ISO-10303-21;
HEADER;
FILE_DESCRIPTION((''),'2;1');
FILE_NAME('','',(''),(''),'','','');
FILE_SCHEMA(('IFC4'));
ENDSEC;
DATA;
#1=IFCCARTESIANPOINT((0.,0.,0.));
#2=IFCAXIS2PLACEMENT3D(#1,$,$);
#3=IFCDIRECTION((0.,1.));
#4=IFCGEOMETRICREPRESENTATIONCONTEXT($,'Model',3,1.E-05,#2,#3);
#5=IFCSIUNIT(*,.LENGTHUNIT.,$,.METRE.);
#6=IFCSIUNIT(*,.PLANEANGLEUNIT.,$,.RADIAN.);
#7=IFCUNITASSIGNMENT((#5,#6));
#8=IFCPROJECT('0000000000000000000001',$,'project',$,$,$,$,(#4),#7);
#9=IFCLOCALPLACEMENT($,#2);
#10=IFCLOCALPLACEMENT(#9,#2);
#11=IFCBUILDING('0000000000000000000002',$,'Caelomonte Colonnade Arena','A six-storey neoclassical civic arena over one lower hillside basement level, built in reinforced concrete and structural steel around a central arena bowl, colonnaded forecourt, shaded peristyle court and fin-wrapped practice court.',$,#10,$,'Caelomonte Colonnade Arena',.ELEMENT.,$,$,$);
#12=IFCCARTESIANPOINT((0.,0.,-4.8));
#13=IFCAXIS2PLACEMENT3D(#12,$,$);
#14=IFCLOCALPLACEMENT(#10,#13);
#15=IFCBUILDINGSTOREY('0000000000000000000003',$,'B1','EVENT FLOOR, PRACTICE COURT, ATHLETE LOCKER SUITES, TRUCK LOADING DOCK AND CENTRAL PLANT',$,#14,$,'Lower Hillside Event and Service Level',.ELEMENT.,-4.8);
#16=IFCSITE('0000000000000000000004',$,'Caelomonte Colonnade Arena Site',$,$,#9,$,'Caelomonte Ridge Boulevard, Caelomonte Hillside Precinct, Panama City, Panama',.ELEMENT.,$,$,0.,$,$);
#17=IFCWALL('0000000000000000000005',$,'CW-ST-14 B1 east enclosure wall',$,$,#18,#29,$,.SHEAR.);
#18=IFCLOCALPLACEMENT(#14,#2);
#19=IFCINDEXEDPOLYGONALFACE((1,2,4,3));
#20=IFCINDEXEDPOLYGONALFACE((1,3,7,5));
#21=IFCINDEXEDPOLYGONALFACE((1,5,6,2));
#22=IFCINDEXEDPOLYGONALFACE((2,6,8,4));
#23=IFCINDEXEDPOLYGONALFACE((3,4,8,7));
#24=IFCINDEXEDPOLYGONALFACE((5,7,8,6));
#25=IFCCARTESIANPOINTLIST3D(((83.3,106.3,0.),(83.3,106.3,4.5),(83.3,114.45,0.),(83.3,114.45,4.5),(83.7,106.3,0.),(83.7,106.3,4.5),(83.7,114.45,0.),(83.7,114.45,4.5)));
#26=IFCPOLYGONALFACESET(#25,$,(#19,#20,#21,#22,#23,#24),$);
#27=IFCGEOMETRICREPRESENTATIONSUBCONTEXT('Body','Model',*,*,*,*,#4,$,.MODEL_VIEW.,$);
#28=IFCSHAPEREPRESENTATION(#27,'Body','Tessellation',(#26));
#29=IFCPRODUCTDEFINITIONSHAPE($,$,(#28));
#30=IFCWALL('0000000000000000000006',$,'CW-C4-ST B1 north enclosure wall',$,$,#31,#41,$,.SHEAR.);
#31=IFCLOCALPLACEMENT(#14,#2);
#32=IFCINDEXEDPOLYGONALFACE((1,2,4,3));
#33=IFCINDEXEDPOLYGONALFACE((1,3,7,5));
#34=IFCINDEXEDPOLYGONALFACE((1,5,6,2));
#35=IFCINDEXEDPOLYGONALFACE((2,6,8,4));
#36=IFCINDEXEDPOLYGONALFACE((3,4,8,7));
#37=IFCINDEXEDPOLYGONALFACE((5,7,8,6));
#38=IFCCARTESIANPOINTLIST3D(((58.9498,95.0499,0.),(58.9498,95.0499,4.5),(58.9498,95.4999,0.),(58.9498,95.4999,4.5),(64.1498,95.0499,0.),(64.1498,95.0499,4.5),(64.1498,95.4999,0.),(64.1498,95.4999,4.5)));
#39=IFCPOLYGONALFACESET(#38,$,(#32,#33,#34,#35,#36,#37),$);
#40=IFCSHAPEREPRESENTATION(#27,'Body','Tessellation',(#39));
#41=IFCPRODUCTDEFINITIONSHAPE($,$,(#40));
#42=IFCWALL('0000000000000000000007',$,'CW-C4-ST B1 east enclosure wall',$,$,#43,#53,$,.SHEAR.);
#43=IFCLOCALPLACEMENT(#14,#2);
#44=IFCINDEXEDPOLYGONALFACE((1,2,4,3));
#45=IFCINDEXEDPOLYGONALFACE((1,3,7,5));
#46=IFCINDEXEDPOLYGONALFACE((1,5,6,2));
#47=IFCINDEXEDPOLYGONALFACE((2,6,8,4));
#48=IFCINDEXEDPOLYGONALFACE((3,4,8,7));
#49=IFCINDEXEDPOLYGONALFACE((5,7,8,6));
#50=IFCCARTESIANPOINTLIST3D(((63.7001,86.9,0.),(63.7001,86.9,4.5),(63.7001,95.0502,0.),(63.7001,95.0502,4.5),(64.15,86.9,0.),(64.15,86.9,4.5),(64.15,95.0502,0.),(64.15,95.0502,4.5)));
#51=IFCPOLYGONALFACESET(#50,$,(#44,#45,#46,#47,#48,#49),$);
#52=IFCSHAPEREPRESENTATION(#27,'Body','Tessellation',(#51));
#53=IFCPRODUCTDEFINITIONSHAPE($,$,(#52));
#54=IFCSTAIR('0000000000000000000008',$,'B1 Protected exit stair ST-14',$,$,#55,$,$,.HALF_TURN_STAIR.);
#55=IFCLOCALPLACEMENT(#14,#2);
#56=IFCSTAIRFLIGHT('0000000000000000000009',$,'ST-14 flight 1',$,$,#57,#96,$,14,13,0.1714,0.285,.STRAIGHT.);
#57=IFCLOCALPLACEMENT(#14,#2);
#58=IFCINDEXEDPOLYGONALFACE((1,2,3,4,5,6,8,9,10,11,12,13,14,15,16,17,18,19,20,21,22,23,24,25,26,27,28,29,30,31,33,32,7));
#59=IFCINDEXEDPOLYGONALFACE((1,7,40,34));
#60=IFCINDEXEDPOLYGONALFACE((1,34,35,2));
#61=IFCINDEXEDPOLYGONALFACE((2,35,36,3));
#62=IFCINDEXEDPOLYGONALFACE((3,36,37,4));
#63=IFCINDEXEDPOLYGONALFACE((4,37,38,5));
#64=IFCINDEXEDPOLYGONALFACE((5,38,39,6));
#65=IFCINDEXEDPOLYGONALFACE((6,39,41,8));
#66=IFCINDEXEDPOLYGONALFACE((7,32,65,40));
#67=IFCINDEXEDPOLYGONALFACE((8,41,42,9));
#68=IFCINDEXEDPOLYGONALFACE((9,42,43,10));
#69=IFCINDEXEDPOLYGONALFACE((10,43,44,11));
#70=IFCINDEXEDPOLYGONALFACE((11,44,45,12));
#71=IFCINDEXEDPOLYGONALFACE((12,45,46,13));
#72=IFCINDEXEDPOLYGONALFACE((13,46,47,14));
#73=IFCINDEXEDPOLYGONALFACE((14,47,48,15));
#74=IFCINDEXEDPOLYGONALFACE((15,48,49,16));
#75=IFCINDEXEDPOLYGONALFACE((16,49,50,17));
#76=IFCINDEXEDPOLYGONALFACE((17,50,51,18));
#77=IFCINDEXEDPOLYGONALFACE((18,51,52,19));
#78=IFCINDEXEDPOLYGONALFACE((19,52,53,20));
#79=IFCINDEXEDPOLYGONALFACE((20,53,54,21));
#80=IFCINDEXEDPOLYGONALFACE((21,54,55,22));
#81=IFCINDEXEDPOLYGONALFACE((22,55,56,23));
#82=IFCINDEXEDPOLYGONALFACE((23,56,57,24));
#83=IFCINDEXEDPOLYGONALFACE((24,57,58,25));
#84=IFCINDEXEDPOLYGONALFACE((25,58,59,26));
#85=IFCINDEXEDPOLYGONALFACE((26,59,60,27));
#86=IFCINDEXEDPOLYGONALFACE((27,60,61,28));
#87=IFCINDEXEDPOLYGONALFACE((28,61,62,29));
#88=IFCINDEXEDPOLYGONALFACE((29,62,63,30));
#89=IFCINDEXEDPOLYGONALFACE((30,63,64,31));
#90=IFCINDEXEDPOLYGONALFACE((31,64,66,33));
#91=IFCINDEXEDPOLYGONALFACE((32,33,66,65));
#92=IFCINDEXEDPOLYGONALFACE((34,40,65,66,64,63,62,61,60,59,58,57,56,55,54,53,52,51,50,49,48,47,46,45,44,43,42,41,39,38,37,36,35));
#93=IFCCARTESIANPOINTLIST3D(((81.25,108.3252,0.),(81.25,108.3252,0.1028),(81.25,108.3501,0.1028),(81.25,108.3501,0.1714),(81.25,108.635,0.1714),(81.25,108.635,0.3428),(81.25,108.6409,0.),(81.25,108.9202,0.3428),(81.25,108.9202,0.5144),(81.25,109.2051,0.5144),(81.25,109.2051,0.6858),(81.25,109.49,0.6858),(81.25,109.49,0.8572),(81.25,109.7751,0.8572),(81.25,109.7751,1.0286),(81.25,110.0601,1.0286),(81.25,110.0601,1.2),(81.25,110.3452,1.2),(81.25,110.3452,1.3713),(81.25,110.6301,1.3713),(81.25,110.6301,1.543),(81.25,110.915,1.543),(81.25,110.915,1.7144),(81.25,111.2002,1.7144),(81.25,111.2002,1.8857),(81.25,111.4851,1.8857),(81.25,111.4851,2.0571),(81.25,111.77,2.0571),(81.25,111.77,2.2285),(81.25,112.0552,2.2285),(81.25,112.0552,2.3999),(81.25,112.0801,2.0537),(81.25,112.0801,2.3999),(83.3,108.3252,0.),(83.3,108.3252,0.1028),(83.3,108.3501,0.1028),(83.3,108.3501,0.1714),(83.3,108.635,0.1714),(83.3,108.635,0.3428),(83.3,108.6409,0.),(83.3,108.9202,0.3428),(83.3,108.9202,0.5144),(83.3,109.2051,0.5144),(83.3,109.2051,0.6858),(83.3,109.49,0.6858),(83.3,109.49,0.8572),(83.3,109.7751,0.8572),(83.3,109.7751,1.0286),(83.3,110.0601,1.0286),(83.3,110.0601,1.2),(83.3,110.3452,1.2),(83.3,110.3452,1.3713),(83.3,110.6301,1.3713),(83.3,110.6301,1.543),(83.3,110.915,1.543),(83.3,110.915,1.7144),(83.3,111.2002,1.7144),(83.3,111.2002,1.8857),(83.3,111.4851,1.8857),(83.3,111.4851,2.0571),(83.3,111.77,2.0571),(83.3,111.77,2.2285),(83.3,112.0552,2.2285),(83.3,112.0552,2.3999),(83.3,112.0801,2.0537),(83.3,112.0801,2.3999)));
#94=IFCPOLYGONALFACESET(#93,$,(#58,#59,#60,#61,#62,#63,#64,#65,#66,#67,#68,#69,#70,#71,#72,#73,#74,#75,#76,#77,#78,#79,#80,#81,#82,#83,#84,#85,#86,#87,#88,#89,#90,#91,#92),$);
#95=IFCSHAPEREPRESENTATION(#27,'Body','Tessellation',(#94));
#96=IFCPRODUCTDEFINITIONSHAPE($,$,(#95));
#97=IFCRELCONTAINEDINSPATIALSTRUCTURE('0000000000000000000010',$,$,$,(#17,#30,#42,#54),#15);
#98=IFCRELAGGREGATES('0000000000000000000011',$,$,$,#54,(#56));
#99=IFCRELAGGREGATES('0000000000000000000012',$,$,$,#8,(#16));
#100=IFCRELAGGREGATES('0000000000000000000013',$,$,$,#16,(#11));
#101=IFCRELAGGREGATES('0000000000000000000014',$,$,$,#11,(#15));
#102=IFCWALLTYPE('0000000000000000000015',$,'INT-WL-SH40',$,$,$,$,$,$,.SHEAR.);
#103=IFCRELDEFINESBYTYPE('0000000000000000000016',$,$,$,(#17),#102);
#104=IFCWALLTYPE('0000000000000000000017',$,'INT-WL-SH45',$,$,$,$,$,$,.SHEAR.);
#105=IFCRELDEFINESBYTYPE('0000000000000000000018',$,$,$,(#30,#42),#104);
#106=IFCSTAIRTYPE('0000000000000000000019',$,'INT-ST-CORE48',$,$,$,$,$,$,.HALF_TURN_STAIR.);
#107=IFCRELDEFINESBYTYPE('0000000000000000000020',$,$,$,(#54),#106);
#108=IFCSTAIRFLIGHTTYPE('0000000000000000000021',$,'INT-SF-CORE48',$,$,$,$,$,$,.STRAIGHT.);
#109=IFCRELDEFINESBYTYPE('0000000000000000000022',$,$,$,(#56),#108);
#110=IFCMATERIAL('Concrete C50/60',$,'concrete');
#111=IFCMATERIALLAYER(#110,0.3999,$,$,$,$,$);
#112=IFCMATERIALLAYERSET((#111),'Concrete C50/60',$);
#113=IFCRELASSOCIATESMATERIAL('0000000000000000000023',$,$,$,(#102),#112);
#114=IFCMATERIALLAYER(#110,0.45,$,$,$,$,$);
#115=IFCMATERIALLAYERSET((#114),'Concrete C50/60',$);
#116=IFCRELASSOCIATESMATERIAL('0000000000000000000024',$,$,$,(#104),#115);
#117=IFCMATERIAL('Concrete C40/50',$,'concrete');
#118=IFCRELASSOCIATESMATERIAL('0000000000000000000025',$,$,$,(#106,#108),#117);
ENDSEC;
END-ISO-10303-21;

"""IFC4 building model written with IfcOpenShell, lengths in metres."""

from ifc_helpers import new_model, si_unit, direction, frame, frame_2d, origin, place, context, subcontext, project, spatial, polyline, rectangle, outline, extrude, material, layer, layer_set, type_object, element, aggregate, save


model = new_model("IFC4")

# Units and contexts
model_context = context("Model", 3, precision=1e-05, world=origin(), true_north=direction((0.0, 1.0)))
body_context = subcontext(model_context, "Body", "Model", "MODEL_VIEW")
ifc_project = project(units=[si_unit("LENGTHUNIT", "METRE"), si_unit("PLANEANGLEUNIT", "RADIAN")], contexts=[model_context])

# Site, building, storey
site_placement = place(None, origin())
site = spatial("IfcSite", under=ifc_project, at=site_placement, Name="Caelomonte Colonnade Arena Site", LongName="Caelomonte Ridge Boulevard, Caelomonte Hillside Precinct, Panama City, Panama", CompositionType="ELEMENT", RefElevation=0.0)
building_placement = place(site_placement, origin())
building = spatial("IfcBuilding", under=site, at=building_placement, Name="Caelomonte Colonnade Arena", Description="A six-storey neoclassical civic arena over one lower hillside basement level, built in reinforced concrete and structural steel around a central arena bowl, colonnaded forecourt, shaded peristyle court and fin-wrapped practice court.", LongName="Caelomonte Colonnade Arena", CompositionType="ELEMENT")
storey_placement = place(building_placement, frame((0.0, 0.0, -4.8)))
storey = spatial("IfcBuildingStorey", under=building, at=storey_placement, Name="B1", Description="EVENT FLOOR, PRACTICE COURT, ATHLETE LOCKER SUITES, TRUCK LOADING DOCK AND CENTRAL PLANT", LongName="Lower Hillside Event and Service Level", CompositionType="ELEMENT", Elevation=-4.8)

# Shared definitions
ifc_material_1 = material(Name="Concrete C40/50", Category="concrete")

# Shared definitions
ifc_material_2 = material(Name="Concrete C50/60", Category="concrete")

# Shared definitions
ifc_layer_1 = layer(ifc_material_2, 0.3999)
ifc_layer_set_1 = layer_set([ifc_layer_1], Name="Concrete C50/60")
wall_type_1 = type_object("IfcWallType", Name="INT-WL-SH40", PredefinedType="SHEAR", material=ifc_layer_set_1)

# Walls
wall_1_placement = place(storey_placement, frame((83.5, 106.3, 0.0), z_axis=(0.0, 0.0, 1.0), x_axis=(0.0, 1.0, 0.0)))
element("IfcWall", 1, at=wall_1_placement, inside=storey, type_object=wall_type_1, Name="CW-ST-14 B1 east enclosure wall", PredefinedType="SHEAR", context=body_context, shape_type="SweptSolid", body=[
    extrude(rectangle(XDim=8.1499, YDim=0.3999, at=frame_2d((4.075, 0.0))), origin(), (0.0, 0.0, 1.0), 4.5),
])
ifc_layer_2 = layer(ifc_material_2, 0.45)
ifc_layer_set_2 = layer_set([ifc_layer_2], Name="Concrete C50/60")
wall_type_2 = type_object("IfcWallType", Name="INT-WL-SH45", PredefinedType="SHEAR", material=ifc_layer_set_2)
wall_2_placement = place(storey_placement, frame((64.1499, 95.2749, 0.0), z_axis=(0.0, 0.0, 1.0), x_axis=(-1.0, 0.0, 0.0)))
element("IfcWall", 2, at=wall_2_placement, inside=storey, type_object=wall_type_2, Name="CW-C4-ST B1 north enclosure wall", PredefinedType="SHEAR", context=body_context, shape_type="SweptSolid", body=[
    extrude(rectangle(XDim=5.2, YDim=0.45, at=frame_2d((2.6001, 0.0))), origin(), (0.0, 0.0, 1.0), 4.5),
])
wall_3_placement = place(storey_placement, frame((63.925, 86.8999, 0.0), z_axis=(0.0, 0.0, 1.0), x_axis=(0.0, 1.0, 0.0)))
element("IfcWall", 3, at=wall_3_placement, inside=storey, type_object=wall_type_2, Name="CW-C4-ST B1 east enclosure wall", PredefinedType="SHEAR", context=body_context, shape_type="SweptSolid", body=[
    extrude(rectangle(XDim=8.1501, YDim=0.45, at=frame_2d((4.0752, 0.0))), origin(), (0.0, 0.0, 1.0), 4.5),
])

# Stair, stair flight
stair_type = type_object("IfcStairType", Name="INT-ST-CORE48", PredefinedType="HALF_TURN_STAIR", material=ifc_material_1)
stair_placement = place(storey_placement, origin())
stair = element("IfcStair", 4, at=stair_placement, inside=storey, type_object=stair_type, Name="B1 Protected exit stair ST-14", PredefinedType="HALF_TURN_STAIR")
stair_flight_type = type_object("IfcStairFlightType", Name="INT-SF-CORE48", PredefinedType="STRAIGHT", material=ifc_material_1)
stair_flight_placement = place(storey_placement, frame((82.2749, 108.3501, 0.0), z_axis=(0.0, 0.0, 1.0), x_axis=(0.0, 1.0, 0.0)))
stair_flight = element("IfcStairFlight", 5, at=stair_flight_placement, type_object=stair_flight_type, Name="ST-14 flight 1", NumberOfRisers=14, NumberOfTreads=13, PredefinedType="STRAIGHT", RiserHeight=0.1714, TreadLength=0.285, context=body_context, shape_type="SweptSolid", body=[
    extrude(outline(polyline([(-0.0249, 0.0), (-0.0249, 0.1028), (0.0, 0.1028), (0.0, 0.1714), (0.2849, 0.1714), (0.2849, 0.3428), (0.5701, 0.3428), (0.5701, 0.5144), (0.855, 0.5144), (0.855, 0.6858), (1.1399, 0.6858), (1.1399, 0.8572), (1.425, 0.8572), (1.425, 1.0286), (1.71, 1.0286), (1.71, 1.2), (1.9951, 1.2), (1.9951, 1.3713), (2.28, 1.3713), (2.28, 1.543), (2.5649, 1.543), (2.5649, 1.7144), (2.8501, 1.7144), (2.8501, 1.8857), (3.135, 1.8857), (3.135, 2.0571), (3.4199, 2.0571), (3.4199, 2.2285), (3.7051, 2.2285), (3.7051, 2.3999), (3.73, 2.3999), (3.73, 2.0537), (0.2908, 0.0), (-0.0249, 0.0)])), frame((0.0, 1.0249, 0.0), z_axis=(0.0, -1.0, 0.0), x_axis=(1.0, 0.0, 0.0)), (0.0, 0.0, 1.0), 2.05),
])
aggregate(stair, [stair_flight])

save(model, "model.ifc")
